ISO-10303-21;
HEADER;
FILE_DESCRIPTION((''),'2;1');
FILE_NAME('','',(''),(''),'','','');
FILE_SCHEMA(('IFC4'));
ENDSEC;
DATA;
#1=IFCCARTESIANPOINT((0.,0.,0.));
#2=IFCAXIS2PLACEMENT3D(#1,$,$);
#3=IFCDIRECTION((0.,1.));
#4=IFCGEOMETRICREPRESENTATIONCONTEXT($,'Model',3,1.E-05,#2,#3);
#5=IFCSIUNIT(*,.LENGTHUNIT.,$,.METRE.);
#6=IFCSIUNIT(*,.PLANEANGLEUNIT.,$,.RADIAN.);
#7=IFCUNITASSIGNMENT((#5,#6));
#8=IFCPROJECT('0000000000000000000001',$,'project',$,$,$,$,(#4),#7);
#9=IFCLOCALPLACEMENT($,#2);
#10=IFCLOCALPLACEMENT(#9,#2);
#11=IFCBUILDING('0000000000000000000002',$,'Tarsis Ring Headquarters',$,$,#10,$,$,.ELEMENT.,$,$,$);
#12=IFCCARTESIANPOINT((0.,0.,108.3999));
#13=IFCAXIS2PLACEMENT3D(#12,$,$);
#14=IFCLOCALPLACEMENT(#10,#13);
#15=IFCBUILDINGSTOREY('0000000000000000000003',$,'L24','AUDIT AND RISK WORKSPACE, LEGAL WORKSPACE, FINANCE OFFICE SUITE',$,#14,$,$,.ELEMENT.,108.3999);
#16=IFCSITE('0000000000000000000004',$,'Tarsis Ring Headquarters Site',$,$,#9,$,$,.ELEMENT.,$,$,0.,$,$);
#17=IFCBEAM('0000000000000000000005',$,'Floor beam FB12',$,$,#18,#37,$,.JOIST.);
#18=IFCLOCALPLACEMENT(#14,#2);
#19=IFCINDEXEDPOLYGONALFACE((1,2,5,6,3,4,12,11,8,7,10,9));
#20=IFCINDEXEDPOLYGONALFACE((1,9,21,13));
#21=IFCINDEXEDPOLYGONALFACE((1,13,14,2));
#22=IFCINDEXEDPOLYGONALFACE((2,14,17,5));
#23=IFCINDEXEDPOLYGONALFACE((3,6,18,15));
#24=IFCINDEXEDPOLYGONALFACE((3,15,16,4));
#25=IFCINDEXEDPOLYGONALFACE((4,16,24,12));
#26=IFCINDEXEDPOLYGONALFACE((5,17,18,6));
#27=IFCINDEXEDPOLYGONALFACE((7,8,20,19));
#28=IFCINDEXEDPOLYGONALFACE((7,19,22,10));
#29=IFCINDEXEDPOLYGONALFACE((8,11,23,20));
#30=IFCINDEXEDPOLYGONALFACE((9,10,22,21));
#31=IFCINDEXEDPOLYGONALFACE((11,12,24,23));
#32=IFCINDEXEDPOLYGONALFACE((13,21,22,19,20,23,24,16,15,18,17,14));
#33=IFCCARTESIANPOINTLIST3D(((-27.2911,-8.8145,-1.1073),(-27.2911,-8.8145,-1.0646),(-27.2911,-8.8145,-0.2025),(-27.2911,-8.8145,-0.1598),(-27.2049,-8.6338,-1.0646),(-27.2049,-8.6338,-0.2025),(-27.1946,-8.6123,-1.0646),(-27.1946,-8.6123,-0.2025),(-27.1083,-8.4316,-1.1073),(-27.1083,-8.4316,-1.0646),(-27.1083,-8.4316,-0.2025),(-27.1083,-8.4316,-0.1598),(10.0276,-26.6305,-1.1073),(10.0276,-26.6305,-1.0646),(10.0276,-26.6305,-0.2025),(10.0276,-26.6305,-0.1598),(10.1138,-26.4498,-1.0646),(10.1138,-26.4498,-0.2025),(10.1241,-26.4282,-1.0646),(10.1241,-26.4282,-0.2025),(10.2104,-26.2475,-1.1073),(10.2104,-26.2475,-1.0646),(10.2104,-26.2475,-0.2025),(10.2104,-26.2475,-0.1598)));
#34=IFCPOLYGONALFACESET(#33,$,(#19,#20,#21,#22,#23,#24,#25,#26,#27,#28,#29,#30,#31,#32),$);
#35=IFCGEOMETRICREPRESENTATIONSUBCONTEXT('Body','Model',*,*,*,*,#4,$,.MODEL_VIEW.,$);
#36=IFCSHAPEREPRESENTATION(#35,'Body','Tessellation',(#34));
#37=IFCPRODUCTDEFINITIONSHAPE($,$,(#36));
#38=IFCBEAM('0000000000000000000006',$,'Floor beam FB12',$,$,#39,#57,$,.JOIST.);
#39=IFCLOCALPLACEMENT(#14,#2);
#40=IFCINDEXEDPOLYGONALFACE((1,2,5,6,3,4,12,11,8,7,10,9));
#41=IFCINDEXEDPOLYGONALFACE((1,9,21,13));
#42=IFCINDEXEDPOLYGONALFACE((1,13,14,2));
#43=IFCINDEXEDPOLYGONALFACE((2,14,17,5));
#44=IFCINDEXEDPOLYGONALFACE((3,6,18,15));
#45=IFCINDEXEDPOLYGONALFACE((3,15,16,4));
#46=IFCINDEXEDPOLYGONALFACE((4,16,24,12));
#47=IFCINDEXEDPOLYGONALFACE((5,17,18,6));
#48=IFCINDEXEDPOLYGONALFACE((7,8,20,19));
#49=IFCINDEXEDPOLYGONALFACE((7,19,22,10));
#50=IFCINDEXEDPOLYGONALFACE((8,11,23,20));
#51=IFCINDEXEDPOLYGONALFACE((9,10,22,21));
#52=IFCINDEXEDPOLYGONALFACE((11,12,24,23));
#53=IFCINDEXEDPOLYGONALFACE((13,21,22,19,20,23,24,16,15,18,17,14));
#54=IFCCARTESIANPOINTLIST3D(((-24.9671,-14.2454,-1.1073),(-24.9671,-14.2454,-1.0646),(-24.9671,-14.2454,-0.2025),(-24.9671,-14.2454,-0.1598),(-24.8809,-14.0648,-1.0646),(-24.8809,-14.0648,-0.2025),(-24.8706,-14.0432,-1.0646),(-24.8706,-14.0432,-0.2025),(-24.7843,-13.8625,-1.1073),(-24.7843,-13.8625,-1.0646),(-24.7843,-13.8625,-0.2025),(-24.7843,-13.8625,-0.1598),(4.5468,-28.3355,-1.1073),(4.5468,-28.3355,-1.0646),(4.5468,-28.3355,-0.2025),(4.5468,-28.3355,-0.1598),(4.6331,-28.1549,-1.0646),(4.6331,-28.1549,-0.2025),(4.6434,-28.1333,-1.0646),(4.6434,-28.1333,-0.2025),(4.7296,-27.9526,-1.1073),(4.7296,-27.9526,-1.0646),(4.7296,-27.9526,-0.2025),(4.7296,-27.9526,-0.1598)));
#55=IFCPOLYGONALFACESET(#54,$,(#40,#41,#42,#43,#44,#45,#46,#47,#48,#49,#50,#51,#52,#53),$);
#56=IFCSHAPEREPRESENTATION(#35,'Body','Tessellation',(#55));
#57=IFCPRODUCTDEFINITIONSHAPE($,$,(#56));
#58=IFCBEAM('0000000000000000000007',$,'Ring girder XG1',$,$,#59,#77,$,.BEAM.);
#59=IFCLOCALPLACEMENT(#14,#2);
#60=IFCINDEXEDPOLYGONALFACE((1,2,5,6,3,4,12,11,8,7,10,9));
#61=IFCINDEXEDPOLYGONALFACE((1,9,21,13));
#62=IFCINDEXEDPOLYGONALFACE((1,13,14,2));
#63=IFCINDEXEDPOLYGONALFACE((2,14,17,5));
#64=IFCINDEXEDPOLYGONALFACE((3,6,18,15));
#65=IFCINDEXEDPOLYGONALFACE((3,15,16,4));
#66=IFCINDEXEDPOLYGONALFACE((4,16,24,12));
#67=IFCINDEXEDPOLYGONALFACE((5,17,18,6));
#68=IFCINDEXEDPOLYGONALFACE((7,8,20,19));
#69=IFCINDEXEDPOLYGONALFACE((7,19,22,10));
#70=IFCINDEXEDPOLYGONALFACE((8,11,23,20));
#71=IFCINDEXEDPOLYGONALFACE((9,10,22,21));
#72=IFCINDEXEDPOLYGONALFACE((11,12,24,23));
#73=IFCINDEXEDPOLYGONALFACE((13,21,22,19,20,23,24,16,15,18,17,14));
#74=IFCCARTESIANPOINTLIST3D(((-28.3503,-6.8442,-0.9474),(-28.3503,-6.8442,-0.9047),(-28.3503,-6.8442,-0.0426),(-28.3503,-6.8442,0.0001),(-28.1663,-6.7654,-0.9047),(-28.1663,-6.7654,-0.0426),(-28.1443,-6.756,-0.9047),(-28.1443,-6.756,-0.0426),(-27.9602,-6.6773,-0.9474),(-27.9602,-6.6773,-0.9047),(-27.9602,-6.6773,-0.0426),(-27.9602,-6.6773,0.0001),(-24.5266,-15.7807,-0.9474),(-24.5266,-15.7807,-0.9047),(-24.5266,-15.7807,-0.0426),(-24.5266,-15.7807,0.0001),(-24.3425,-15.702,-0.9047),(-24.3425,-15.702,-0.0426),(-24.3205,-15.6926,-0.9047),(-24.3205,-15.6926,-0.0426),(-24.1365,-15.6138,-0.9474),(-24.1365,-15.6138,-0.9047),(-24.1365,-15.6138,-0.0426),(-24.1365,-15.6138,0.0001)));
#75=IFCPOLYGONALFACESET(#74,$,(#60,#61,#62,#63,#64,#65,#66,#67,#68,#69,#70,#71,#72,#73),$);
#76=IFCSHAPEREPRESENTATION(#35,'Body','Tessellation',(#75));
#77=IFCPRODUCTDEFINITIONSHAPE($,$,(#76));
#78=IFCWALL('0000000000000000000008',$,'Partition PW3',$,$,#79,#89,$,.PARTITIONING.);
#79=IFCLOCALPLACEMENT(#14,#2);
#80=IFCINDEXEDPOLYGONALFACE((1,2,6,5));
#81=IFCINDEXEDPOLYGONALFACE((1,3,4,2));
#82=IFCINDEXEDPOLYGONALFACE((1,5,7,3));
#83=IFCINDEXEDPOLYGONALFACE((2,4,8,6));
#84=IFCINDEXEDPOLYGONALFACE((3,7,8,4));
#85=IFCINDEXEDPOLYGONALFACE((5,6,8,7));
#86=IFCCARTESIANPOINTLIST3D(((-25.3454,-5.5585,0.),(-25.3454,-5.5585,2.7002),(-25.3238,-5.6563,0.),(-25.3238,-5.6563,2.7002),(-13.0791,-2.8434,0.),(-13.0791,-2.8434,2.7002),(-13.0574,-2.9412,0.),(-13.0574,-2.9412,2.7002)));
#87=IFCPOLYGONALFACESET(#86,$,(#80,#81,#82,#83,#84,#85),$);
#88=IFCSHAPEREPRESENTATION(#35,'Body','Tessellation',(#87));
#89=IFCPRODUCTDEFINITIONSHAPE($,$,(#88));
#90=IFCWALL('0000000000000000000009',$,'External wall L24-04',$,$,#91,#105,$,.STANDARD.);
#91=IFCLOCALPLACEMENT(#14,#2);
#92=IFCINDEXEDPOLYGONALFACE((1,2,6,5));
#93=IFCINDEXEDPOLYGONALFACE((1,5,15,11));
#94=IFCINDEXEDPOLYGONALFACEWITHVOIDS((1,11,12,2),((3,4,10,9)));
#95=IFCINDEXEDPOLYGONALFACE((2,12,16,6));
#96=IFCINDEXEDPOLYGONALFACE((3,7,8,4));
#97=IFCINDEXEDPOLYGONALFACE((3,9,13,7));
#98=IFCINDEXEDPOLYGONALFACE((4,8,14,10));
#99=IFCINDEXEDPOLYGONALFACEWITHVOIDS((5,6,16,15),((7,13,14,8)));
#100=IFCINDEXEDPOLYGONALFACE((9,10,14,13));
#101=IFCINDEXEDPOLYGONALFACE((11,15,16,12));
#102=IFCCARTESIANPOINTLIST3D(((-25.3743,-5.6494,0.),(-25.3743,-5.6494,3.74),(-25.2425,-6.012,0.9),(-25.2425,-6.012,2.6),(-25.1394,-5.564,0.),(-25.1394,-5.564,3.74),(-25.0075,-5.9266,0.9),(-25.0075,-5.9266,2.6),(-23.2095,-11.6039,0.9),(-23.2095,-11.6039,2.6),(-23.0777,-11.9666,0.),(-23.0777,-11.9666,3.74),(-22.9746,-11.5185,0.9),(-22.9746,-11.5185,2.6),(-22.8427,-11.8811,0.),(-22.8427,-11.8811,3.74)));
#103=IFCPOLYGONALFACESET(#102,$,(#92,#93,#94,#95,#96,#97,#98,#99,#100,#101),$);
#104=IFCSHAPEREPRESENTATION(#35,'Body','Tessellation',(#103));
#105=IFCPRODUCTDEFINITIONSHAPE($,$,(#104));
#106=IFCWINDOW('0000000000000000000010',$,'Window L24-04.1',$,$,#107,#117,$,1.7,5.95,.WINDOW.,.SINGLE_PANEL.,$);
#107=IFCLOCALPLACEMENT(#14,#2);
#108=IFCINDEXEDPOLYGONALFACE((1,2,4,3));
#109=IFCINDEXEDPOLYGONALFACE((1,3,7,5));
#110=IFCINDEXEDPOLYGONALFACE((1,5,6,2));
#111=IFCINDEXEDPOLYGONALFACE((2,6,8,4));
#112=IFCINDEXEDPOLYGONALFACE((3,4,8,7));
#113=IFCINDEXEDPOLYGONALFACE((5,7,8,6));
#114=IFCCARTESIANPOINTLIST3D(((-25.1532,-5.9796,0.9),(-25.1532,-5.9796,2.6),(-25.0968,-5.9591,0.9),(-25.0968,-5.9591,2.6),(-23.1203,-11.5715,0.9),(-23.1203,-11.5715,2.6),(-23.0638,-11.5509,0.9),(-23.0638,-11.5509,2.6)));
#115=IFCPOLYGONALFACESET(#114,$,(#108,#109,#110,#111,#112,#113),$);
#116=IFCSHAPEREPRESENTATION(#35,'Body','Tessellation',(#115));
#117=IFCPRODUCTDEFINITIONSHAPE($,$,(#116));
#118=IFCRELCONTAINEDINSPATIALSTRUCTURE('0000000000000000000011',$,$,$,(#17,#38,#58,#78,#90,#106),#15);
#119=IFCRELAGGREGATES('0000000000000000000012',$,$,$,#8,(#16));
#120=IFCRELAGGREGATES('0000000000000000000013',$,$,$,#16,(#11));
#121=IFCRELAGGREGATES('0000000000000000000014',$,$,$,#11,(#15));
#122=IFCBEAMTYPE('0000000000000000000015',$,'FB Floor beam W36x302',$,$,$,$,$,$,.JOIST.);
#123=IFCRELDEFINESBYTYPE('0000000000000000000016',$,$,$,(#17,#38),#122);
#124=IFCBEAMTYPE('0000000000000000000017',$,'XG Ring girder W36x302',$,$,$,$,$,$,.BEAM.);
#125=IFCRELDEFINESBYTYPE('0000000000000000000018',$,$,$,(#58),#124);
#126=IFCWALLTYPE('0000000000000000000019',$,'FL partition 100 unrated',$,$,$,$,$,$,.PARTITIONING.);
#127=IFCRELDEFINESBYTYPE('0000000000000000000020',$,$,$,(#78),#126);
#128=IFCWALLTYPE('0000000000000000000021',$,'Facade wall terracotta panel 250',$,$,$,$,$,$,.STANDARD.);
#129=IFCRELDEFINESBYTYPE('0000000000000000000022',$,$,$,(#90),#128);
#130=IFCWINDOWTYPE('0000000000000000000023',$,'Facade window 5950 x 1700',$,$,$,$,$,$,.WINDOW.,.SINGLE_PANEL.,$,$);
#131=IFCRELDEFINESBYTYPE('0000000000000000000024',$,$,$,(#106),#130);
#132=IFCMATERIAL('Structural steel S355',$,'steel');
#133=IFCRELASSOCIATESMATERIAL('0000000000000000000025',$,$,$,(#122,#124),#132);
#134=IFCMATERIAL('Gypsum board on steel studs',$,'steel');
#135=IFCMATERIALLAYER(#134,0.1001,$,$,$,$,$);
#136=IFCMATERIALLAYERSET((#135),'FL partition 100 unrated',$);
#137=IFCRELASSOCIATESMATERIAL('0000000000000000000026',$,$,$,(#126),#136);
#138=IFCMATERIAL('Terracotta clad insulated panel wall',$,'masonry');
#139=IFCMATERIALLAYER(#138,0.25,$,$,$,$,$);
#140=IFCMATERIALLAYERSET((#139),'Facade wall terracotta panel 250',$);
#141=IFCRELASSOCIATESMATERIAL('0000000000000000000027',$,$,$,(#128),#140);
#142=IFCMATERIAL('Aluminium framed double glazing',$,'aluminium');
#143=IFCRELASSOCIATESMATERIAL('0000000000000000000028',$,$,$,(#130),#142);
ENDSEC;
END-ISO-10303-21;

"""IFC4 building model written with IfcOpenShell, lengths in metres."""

from ifc_helpers import new_model, si_unit, direction, frame, frame_2d, origin, origin_2d, place, context, subcontext, project, spatial, rectangle, i_section, extrude, material, layer, layer_set, material_profile, profile_set, type_object, element, fill, save


model = new_model("IFC4")

# Units and contexts
model_context = context("Model", 3, precision=1e-05, world=origin(), true_north=direction((0.0, 1.0)))
body_context = subcontext(model_context, "Body", "Model", "MODEL_VIEW")
ifc_project = project(units=[si_unit("LENGTHUNIT", "METRE"), si_unit("PLANEANGLEUNIT", "RADIAN")], contexts=[model_context])

# Site, building, storey
site_placement = place(None, origin())
site = spatial("IfcSite", under=ifc_project, at=site_placement, Name="Tarsis Ring Headquarters Site", CompositionType="ELEMENT", RefElevation=0.0)
building_placement = place(site_placement, origin())
building = spatial("IfcBuilding", under=site, at=building_placement, Name="Tarsis Ring Headquarters", CompositionType="ELEMENT")
storey_placement = place(building_placement, frame((0.0, 0.0, 108.3999)))
storey = spatial("IfcBuildingStorey", under=building, at=storey_placement, Name="L24", Description="AUDIT AND RISK WORKSPACE, LEGAL WORKSPACE, FINANCE OFFICE SUITE", CompositionType="ELEMENT", Elevation=108.3999)

# Shared definitions
ifc_material_1 = material(Name="Structural steel S355", Category="steel")

# Beams
ifc_material_profile_1 = material_profile(ifc_material_1, i_section(OverallWidth=0.4243, OverallDepth=0.9475, WebThickness=0.0239, FlangeThickness=0.0427, at=origin_2d()), Name="W36x302")
ifc_profile_set_1 = profile_set([ifc_material_profile_1], Name="Structural steel S355")
beam_type_1 = type_object("IfcBeamType", Name="FB Floor beam W36x302", PredefinedType="JOIST", material=ifc_profile_set_1)
beam_1_placement = place(storey_placement, frame((-27.1997, -8.623, -0.6335), z_axis=(0.902436, -0.430823, 0.0), x_axis=(0.430823, 0.902436, 0.0)))
element("IfcBeam", 1, at=beam_1_placement, inside=storey, type_object=beam_type_1, Name="Floor beam FB12", PredefinedType="JOIST", context=body_context, shape_type="SweptSolid", body=[
    extrude(i_section(OverallWidth=0.4243, OverallDepth=0.9475, WebThickness=0.0239, FlangeThickness=0.0427, at=origin_2d()), origin(), (0.0, 0.0, 1.0), 41.3533),
])
beam_2_placement = place(storey_placement, frame((-24.8757, -14.054, -0.6335), z_axis=(0.902435, -0.430827, 0.0), x_axis=(0.430827, 0.902435, 0.0)))
element("IfcBeam", 2, at=beam_2_placement, inside=storey, type_object=beam_type_1, Name="Floor beam FB12", PredefinedType="JOIST", context=body_context, shape_type="SweptSolid", body=[
    extrude(i_section(OverallWidth=0.4243, OverallDepth=0.9475, WebThickness=0.0239, FlangeThickness=0.0427, at=origin_2d()), origin(), (0.0, 0.0, 1.0), 32.7048),
])
beam_type_2 = type_object("IfcBeamType", Name="XG Ring girder W36x302", PredefinedType="BEAM", material=ifc_profile_set_1)
beam_3_placement = place(storey_placement, frame((-28.1553, -6.7607, -0.4736), z_axis=(0.39338, -0.919376, 0.0), x_axis=(0.919376, 0.39338, 0.0)))
element("IfcBeam", 3, at=beam_3_placement, inside=storey, type_object=beam_type_2, Name="Ring girder XG1", PredefinedType="BEAM", context=body_context, shape_type="SweptSolid", body=[
    extrude(i_section(OverallWidth=0.4243, OverallDepth=0.9475, WebThickness=0.0239, FlangeThickness=0.0427, at=origin_2d()), origin(), (0.0, 0.0, 1.0), 9.7202),
])

# Wall
ifc_material_2 = material(Name="Gypsum board on steel studs", Category="steel")
ifc_layer_1 = layer(ifc_material_2, 0.1001)
ifc_layer_set_1 = layer_set([ifc_layer_1], Name="FL partition 100 unrated")
wall_type_1 = type_object("IfcWallType", Name="FL partition 100 unrated", PredefinedType="PARTITIONING", material=ifc_layer_set_1)
wall_1_placement = place(storey_placement, frame((-25.3347, -5.6074, 0.0), z_axis=(0.0, 0.0, 1.0), x_axis=(0.976368, 0.216114, 0.0)))
element("IfcWall", 4, at=wall_1_placement, inside=storey, type_object=wall_type_1, Name="Partition PW3", PredefinedType="PARTITIONING", context=body_context, shape_type="SweptSolid", body=[
    extrude(rectangle(XDim=12.5632, YDim=0.1001, at=frame_2d((6.2817, 0.0))), origin(), (0.0, 0.0, 1.0), 2.7002),
])

# Wall, opening, window
ifc_material_3 = material(Name="Terracotta clad insulated panel wall", Category="masonry")
ifc_layer_2 = layer(ifc_material_3, 0.25)
ifc_layer_set_2 = layer_set([ifc_layer_2], Name="Facade wall terracotta panel 250")
wall_type_2 = type_object("IfcWallType", Name="Facade wall terracotta panel 250", PredefinedType="STANDARD", material=ifc_layer_set_2)
wall_2_placement = place(storey_placement, frame((-25.2568, -5.6067, 0.0), z_axis=(0.0, 0.0, 1.0), x_axis=(0.341676, -0.939818, 0.0)))
wall_2 = element("IfcWall", 5, at=wall_2_placement, inside=storey, type_object=wall_type_2, Name="External wall L24-04", PredefinedType="STANDARD", context=body_context, shape_type="SweptSolid", body=[
    extrude(rectangle(XDim=6.7217, YDim=0.25, at=frame_2d((3.3608, 0.0))), origin(), (0.0, 0.0, 1.0), 3.74),
])
opening_placement = place(wall_2_placement, frame((0.3857, 0.0, 0.8999)))
opening = element("IfcOpeningElement", 6, at=opening_placement, cuts=wall_2, PredefinedType="OPENING", context=body_context, shape_type="SweptSolid", body=[
    extrude(rectangle(XDim=5.95, YDim=1.7, at=frame_2d((2.9751, 0.8501))), frame((0.0, 0.135, 0.0), z_axis=(0.0, -1.0, 0.0), x_axis=(1.0, 0.0, 0.0)), (0.0, 0.0, 1.0), 0.27),
])
ifc_material_4 = material(Name="Aluminium framed double glazing", Category="aluminium")
window_type = type_object("IfcWindowType", Name="Facade window 5950 x 1700", PartitioningType="SINGLE_PANEL", PredefinedType="WINDOW", material=ifc_material_4)
window_placement = place(opening_placement, origin())
window = element("IfcWindow", 7, at=window_placement, inside=storey, type_object=window_type, Name="Window L24-04.1", OverallHeight=1.7, OverallWidth=5.95, PartitioningType="SINGLE_PANEL", PredefinedType="WINDOW", context=body_context, shape_type="SweptSolid", body=[
    extrude(rectangle(XDim=5.95, YDim=1.7, at=frame_2d((2.9751, 0.8501))), frame((0.0, 0.03, 0.0), z_axis=(0.0, -1.0, 0.0), x_axis=(1.0, 0.0, 0.0)), (0.0, 0.0, 1.0), 0.0601),
])
fill(opening, window)

save(model, "model.ifc")
